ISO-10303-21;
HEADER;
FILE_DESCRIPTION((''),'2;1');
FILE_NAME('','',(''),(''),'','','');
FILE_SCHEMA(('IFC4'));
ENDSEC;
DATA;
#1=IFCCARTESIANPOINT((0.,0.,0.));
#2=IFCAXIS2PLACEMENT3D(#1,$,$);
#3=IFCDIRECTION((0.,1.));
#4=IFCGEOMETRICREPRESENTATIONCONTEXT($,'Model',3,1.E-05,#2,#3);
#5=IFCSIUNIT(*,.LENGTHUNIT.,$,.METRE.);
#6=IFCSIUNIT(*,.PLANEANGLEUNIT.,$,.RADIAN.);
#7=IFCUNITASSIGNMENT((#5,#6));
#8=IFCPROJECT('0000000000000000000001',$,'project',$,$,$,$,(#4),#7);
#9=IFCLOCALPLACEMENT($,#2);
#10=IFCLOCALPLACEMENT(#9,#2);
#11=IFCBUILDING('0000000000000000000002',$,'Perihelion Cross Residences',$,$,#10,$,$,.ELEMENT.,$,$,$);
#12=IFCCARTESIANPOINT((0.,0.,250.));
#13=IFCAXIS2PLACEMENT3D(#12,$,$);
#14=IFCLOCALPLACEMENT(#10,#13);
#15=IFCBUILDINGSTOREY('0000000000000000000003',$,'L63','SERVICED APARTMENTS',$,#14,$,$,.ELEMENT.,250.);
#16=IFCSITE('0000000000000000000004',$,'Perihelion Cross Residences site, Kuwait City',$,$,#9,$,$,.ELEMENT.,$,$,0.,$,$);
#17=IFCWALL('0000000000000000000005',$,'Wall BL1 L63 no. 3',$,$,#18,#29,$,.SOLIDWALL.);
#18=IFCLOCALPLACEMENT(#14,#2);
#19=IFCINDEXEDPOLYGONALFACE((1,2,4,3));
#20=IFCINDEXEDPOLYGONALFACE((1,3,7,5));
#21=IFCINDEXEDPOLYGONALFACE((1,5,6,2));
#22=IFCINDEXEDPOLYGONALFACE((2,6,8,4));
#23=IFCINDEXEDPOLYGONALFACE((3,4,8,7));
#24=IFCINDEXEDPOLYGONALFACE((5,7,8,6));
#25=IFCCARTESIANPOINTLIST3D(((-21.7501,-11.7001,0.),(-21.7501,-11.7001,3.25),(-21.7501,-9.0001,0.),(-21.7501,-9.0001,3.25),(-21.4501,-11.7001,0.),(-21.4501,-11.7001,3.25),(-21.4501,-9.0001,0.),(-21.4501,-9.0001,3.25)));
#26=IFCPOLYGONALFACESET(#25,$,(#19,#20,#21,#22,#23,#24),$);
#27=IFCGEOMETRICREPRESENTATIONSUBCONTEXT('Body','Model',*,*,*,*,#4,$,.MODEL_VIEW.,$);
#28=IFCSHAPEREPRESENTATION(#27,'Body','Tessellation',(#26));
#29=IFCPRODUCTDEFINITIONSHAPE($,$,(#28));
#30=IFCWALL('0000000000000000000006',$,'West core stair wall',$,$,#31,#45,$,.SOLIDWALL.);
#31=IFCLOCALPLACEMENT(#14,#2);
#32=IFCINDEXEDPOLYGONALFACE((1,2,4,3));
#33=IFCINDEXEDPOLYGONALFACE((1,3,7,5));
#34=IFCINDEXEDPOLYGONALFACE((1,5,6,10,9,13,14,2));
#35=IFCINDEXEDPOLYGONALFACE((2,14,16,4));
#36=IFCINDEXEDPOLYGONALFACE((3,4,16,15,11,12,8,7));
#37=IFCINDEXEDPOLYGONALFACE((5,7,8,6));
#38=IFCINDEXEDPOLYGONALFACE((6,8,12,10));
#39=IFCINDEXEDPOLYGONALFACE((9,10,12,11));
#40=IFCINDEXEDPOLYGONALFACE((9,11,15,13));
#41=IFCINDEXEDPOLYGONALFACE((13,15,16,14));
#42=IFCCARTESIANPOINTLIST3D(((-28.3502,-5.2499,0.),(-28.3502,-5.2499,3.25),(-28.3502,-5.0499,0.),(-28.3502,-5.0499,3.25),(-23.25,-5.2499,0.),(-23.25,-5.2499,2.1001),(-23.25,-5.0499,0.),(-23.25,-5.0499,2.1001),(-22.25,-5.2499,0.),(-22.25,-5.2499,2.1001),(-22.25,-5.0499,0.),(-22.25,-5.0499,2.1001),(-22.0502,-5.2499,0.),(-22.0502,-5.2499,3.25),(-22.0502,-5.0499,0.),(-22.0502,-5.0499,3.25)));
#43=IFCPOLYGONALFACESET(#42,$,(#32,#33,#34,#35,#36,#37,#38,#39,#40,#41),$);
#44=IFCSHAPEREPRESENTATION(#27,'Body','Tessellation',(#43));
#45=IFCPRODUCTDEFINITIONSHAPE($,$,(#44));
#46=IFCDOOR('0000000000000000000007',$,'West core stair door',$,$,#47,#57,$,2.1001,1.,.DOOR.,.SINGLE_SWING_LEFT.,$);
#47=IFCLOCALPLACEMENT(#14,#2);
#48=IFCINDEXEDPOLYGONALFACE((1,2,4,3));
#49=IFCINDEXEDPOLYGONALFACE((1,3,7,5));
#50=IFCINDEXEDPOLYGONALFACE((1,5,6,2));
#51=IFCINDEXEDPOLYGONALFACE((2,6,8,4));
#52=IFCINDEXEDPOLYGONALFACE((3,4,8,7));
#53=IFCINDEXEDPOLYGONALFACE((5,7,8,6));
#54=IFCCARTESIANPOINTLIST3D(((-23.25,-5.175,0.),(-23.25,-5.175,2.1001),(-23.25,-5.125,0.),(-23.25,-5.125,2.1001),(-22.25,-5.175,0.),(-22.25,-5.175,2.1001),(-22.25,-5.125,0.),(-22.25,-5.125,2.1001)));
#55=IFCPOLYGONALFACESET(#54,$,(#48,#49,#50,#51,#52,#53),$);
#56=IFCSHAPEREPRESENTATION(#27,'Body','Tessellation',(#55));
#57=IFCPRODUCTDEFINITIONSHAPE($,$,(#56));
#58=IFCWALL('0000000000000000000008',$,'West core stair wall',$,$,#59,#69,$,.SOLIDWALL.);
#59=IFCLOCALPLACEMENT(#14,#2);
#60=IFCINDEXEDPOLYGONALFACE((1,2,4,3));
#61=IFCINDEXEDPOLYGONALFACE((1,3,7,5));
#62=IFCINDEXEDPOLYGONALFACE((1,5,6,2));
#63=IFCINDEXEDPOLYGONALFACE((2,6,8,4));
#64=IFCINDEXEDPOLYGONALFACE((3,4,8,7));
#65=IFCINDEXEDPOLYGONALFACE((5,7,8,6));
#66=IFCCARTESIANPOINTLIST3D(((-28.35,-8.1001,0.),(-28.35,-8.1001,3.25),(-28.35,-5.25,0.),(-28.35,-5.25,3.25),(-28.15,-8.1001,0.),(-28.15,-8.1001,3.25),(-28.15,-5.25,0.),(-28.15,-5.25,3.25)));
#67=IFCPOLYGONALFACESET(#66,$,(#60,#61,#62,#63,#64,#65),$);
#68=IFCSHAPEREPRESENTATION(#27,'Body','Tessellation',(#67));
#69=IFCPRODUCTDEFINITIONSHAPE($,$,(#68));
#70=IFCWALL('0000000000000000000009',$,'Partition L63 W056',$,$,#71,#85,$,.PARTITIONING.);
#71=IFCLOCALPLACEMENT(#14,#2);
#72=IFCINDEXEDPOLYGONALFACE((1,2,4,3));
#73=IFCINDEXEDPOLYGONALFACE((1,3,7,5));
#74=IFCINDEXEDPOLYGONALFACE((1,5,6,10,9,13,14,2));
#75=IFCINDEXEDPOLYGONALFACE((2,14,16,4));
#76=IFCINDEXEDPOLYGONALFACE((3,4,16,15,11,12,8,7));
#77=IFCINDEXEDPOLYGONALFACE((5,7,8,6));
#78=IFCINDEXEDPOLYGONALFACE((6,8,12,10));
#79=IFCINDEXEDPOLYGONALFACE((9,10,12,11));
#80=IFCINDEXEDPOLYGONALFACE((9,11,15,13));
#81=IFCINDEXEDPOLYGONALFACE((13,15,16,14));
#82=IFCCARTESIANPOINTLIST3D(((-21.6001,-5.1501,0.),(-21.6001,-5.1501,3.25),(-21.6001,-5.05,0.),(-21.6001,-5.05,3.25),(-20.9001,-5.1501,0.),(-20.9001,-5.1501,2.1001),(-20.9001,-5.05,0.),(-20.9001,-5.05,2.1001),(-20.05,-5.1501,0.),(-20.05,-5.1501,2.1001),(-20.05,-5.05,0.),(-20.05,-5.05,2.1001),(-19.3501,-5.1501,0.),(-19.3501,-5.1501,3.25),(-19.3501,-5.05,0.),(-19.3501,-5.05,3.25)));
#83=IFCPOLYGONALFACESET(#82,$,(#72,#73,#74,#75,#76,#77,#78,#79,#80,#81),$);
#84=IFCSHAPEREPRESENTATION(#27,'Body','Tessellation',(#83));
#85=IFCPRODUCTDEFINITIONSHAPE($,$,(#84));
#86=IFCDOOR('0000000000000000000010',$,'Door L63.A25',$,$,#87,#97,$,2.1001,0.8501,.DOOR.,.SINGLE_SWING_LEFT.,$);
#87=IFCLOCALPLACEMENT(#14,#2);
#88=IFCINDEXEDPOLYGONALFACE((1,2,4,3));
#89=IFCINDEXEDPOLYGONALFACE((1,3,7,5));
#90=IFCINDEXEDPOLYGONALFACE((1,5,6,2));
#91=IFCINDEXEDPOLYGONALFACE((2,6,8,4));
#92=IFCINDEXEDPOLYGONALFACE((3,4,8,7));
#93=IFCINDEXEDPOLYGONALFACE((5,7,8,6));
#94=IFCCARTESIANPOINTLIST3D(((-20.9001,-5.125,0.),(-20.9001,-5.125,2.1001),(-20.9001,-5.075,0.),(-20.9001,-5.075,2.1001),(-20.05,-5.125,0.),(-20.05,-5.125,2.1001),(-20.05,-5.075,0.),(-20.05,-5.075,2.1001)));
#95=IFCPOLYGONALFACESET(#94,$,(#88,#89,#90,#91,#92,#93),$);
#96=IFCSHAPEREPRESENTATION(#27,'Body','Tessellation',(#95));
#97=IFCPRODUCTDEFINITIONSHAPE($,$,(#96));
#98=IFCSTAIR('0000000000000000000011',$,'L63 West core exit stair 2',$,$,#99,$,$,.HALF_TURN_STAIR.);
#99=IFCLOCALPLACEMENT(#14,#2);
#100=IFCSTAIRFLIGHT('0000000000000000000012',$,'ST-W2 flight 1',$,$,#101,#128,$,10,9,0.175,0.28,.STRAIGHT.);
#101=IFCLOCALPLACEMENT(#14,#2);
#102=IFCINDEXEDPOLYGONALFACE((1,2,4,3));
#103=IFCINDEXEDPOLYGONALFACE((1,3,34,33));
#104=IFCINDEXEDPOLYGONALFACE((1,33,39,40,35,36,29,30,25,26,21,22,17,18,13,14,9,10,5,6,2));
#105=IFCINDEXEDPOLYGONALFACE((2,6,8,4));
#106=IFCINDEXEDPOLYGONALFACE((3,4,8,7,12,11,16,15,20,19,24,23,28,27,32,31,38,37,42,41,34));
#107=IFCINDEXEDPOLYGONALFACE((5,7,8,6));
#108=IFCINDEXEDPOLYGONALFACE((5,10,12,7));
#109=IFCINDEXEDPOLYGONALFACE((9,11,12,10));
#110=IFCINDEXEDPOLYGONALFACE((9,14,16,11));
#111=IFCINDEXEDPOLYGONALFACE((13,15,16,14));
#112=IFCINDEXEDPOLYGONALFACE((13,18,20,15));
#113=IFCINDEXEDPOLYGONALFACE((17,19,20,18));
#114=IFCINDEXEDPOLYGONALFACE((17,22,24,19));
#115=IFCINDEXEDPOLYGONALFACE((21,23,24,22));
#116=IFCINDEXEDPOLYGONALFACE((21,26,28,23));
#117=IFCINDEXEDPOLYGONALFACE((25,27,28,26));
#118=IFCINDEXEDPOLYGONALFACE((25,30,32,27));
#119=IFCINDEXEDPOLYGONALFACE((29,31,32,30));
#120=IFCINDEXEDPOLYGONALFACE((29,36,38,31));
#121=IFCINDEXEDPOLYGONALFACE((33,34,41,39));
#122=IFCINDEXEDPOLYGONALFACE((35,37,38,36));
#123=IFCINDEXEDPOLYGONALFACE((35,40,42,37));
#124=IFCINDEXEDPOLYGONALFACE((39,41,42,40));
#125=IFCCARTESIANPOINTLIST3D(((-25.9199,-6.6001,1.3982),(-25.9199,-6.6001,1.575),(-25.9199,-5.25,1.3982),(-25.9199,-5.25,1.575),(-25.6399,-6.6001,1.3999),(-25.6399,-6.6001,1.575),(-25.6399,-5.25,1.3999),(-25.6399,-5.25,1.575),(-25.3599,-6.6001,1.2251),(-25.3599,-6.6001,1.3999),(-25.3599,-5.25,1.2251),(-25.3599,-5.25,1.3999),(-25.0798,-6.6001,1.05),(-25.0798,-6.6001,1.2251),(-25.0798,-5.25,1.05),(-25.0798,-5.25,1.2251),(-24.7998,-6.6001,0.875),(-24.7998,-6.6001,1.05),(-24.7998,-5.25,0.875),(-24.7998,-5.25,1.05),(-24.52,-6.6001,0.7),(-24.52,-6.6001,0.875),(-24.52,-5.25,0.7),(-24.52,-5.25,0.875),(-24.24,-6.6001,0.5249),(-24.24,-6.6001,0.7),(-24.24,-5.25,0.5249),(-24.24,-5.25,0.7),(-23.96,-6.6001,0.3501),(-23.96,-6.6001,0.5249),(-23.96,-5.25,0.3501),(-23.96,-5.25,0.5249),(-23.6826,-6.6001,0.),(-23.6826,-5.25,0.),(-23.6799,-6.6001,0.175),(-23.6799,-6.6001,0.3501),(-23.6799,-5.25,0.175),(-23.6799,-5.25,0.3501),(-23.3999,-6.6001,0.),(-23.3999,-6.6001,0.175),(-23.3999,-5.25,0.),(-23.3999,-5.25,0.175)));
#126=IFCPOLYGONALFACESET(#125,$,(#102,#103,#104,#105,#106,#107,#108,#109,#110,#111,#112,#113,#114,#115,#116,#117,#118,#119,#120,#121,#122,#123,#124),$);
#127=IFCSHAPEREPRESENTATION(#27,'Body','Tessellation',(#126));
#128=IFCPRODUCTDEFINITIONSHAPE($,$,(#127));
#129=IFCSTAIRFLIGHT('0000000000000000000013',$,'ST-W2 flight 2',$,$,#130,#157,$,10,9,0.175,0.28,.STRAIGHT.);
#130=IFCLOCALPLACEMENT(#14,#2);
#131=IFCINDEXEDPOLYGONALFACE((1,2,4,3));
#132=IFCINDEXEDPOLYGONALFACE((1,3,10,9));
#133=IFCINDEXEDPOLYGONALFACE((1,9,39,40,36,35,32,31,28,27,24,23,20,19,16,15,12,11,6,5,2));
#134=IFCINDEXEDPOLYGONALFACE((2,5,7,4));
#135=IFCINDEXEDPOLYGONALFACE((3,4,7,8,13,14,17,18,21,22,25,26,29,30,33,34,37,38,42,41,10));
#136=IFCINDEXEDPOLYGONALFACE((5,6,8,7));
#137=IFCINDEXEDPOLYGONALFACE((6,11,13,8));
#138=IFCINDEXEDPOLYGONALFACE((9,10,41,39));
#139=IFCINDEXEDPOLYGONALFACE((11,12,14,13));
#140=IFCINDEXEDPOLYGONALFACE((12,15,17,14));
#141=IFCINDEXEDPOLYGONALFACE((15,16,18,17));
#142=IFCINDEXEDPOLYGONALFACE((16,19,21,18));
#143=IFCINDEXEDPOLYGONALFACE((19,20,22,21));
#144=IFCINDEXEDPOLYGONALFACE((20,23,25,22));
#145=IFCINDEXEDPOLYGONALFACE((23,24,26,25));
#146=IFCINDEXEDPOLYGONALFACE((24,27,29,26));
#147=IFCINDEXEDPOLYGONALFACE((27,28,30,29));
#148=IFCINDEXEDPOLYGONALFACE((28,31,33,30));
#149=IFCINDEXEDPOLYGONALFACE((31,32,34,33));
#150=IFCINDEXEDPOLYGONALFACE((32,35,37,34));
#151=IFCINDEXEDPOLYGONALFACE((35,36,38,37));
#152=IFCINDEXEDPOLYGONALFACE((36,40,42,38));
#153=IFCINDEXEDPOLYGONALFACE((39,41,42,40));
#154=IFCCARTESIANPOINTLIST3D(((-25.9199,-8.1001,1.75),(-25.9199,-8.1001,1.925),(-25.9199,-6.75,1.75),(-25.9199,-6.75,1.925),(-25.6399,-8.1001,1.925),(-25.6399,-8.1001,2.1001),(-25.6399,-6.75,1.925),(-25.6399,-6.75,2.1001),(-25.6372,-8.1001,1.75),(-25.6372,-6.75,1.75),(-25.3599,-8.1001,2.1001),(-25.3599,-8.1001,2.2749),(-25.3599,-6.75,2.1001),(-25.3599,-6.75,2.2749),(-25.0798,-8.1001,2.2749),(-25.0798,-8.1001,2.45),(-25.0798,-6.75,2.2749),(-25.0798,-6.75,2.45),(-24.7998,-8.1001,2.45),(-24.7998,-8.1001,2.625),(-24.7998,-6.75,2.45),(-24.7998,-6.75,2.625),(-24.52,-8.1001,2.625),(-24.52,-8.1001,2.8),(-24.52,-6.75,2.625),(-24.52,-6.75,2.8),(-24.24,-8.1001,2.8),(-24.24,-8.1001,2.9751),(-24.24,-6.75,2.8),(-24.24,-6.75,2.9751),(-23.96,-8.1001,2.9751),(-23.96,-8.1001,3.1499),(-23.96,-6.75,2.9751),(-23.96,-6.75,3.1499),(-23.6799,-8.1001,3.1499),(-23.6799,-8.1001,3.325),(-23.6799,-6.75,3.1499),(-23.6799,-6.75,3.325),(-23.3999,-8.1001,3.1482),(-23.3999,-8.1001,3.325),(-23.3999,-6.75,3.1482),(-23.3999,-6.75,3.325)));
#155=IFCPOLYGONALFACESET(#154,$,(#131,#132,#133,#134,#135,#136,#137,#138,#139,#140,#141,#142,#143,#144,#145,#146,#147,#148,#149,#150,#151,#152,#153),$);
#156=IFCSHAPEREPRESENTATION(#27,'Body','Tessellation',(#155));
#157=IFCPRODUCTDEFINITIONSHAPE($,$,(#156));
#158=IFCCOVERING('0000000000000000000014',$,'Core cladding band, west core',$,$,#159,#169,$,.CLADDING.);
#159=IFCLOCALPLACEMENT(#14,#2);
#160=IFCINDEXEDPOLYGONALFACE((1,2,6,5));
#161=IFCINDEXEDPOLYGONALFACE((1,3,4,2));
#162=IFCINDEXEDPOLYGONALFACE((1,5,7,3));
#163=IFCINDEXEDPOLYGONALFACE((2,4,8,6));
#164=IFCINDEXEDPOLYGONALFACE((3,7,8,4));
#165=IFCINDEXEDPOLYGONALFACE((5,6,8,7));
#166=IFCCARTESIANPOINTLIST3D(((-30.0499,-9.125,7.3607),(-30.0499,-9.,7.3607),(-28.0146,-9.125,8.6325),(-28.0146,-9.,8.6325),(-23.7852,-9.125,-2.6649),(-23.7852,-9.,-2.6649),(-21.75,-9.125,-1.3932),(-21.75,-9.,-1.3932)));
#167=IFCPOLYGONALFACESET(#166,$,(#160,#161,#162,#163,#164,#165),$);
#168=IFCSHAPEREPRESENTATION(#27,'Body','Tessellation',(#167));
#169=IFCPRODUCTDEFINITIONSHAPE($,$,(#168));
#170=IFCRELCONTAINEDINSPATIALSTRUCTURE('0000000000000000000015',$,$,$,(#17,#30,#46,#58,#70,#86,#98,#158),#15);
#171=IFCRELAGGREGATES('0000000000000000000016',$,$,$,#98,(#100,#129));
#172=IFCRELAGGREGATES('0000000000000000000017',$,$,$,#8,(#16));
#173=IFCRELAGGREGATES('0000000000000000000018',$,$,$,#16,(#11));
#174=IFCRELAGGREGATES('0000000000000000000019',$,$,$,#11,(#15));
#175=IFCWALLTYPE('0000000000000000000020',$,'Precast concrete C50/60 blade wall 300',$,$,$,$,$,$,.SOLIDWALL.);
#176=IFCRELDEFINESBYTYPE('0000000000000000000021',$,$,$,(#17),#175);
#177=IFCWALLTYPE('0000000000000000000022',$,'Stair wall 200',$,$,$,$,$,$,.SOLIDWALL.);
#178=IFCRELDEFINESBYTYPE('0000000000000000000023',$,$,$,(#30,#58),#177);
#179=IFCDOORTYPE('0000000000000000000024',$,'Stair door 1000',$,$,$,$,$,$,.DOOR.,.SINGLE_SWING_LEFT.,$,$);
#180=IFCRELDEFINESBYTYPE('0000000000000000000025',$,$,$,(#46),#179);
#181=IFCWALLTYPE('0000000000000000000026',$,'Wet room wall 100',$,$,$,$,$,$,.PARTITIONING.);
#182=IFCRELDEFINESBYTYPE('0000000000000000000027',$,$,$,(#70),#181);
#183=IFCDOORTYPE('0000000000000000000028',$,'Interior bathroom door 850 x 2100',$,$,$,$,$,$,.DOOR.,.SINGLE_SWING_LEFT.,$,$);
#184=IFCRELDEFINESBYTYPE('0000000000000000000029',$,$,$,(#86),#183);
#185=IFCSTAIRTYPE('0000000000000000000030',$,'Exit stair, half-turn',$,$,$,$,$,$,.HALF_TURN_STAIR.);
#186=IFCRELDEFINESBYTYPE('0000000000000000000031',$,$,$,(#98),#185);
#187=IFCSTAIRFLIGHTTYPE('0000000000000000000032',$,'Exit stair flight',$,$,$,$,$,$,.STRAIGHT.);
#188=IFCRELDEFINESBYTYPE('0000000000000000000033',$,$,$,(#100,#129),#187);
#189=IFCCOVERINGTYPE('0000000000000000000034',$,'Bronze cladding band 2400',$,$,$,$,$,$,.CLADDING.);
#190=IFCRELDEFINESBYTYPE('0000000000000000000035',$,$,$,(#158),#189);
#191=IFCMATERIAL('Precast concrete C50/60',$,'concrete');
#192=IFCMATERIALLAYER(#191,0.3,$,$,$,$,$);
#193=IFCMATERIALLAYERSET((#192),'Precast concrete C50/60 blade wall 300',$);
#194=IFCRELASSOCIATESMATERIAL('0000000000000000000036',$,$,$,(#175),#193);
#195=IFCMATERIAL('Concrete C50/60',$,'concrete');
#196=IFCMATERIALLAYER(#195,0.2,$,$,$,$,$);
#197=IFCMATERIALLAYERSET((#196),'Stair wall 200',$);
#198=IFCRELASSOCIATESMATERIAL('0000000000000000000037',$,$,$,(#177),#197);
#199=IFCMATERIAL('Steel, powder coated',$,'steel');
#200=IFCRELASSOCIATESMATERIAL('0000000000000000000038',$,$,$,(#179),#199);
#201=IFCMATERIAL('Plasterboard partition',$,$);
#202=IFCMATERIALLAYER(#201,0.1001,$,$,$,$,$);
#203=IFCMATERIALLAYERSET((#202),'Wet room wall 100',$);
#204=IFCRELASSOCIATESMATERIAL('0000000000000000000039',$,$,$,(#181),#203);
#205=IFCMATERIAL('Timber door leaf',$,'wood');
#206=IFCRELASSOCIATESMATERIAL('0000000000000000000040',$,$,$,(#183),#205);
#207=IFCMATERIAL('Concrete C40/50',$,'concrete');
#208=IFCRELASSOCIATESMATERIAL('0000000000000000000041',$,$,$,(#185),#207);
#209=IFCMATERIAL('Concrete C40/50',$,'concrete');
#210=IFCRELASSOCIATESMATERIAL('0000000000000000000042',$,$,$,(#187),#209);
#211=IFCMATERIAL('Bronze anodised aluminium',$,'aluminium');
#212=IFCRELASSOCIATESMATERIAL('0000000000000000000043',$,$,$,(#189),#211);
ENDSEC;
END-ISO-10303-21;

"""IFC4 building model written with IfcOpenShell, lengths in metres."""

from ifc_helpers import new_model, si_unit, direction, frame, frame_2d, origin, origin_2d, place, context, subcontext, project, spatial, polyline, rectangle, outline, extrude, material, layer, layer_set, material_profile, profile_set, type_object, element, fill, aggregate, save


model = new_model("IFC4")

# Units and contexts
model_context = context("Model", 3, precision=1e-05, world=origin(), true_north=direction((0.0, 1.0)))
body_context = subcontext(model_context, "Body", "Model", "MODEL_VIEW")
ifc_project = project(units=[si_unit("LENGTHUNIT", "METRE"), si_unit("PLANEANGLEUNIT", "RADIAN")], contexts=[model_context])

# Site, building, storey
site_placement = place(None, origin())
site = spatial("IfcSite", under=ifc_project, at=site_placement, Name="Perihelion Cross Residences site, Kuwait City", CompositionType="ELEMENT", RefElevation=0.0)
building_placement = place(site_placement, origin())
building = spatial("IfcBuilding", under=site, at=building_placement, Name="Perihelion Cross Residences", CompositionType="ELEMENT")
storey_placement = place(building_placement, frame((0.0, 0.0, 250.0)))
storey = spatial("IfcBuildingStorey", under=building, at=storey_placement, Name="L63", Description="SERVICED APARTMENTS", CompositionType="ELEMENT", Elevation=250.0)

# Wall
ifc_material_1 = material(Name="Precast concrete C50/60", Category="concrete")
ifc_layer_1 = layer(ifc_material_1, 0.3)
ifc_layer_set_1 = layer_set([ifc_layer_1], Name="Precast concrete C50/60 blade wall 300")
wall_type_1 = type_object("IfcWallType", Name="Precast concrete C50/60 blade wall 300", PredefinedType="SOLIDWALL", material=ifc_layer_set_1)
wall_1_placement = place(storey_placement, frame((-21.6001, -9.0, 0.0), z_axis=(0.0, 0.0, 1.0), x_axis=(0.0, -1.0, 0.0)))
element("IfcWall", 1, at=wall_1_placement, inside=storey, type_object=wall_type_1, Name="Wall BL1 L63 no. 3", PredefinedType="SOLIDWALL", context=body_context, shape_type="SweptSolid", body=[
    extrude(rectangle(XDim=2.7, YDim=0.3, at=frame_2d((1.3501, 0.0))), origin(), (0.0, 0.0, 1.0), 3.25),
])

# Wall, opening, door
ifc_material_2 = material(Name="Concrete C50/60", Category="concrete")
ifc_layer_2 = layer(ifc_material_2, 0.2)
ifc_layer_set_2 = layer_set([ifc_layer_2], Name="Stair wall 200")
wall_type_2 = type_object("IfcWallType", Name="Stair wall 200", PredefinedType="SOLIDWALL", material=ifc_layer_set_2)
wall_2_placement = place(storey_placement, frame((-28.3501, -5.1499, 0.0), z_axis=(0.0, 0.0, 1.0), x_axis=(1.0, 0.0, 0.0)))
wall_2 = element("IfcWall", 2, at=wall_2_placement, inside=storey, type_object=wall_type_2, Name="West core stair wall", PredefinedType="SOLIDWALL", context=body_context, shape_type="SweptSolid", body=[
    extrude(rectangle(XDim=6.3, YDim=0.2, at=frame_2d((3.1499, 0.0))), origin(), (0.0, 0.0, 1.0), 3.25),
])
opening_1_placement = place(wall_2_placement, frame((5.1001, 0.0, 0.0)))
opening_1 = element("IfcOpeningElement", 3, at=opening_1_placement, cuts=wall_2, PredefinedType="OPENING", context=body_context, shape_type="SweptSolid", body=[
    extrude(rectangle(XDim=1.0, YDim=2.1001, at=frame_2d((0.5, 1.05))), frame((0.0, 0.1099, 0.0), z_axis=(0.0, -1.0, 0.0), x_axis=(1.0, 0.0, 0.0)), (0.0, 0.0, 1.0), 0.22),
])
ifc_material_3 = material(Name="Steel, powder coated", Category="steel")
door_type_1 = type_object("IfcDoorType", Name="Stair door 1000", OperationType="SINGLE_SWING_LEFT", PredefinedType="DOOR", material=ifc_material_3)
door_1_placement = place(opening_1_placement, origin())
door_1 = element("IfcDoor", 4, at=door_1_placement, inside=storey, type_object=door_type_1, Name="West core stair door", OperationType="SINGLE_SWING_LEFT", OverallHeight=2.1001, OverallWidth=1.0, PredefinedType="DOOR", context=body_context, shape_type="SweptSolid", body=[
    extrude(rectangle(XDim=1.0, YDim=2.1001, at=frame_2d((0.5, 1.05))), frame((0.0, 0.0249, 0.0), z_axis=(0.0, -1.0, 0.0), x_axis=(1.0, 0.0, 0.0)), (0.0, 0.0, 1.0), 0.05),
])
fill(opening_1, door_1)

# Wall
wall_3_placement = place(storey_placement, frame((-28.25, -8.1001, 0.0), z_axis=(0.0, 0.0, 1.0), x_axis=(0.0, 1.0, 0.0)))
element("IfcWall", 5, at=wall_3_placement, inside=storey, type_object=wall_type_2, Name="West core stair wall", PredefinedType="SOLIDWALL", context=body_context, shape_type="SweptSolid", body=[
    extrude(rectangle(XDim=2.8501, YDim=0.2, at=frame_2d((1.425, 0.0))), origin(), (0.0, 0.0, 1.0), 3.25),
])

# Wall, opening, door
ifc_material_4 = material(Name="Plasterboard partition")
ifc_layer_3 = layer(ifc_material_4, 0.1001)
ifc_layer_set_3 = layer_set([ifc_layer_3], Name="Wet room wall 100")
wall_type_3 = type_object("IfcWallType", Name="Wet room wall 100", PredefinedType="PARTITIONING", material=ifc_layer_set_3)
wall_4_placement = place(storey_placement, frame((-19.3501, -5.1001, 0.0), z_axis=(0.0, 0.0, 1.0), x_axis=(-1.0, 0.0, 0.0)))
wall_4 = element("IfcWall", 6, at=wall_4_placement, inside=storey, type_object=wall_type_3, Name="Partition L63 W056", PredefinedType="PARTITIONING", context=body_context, shape_type="SweptSolid", body=[
    extrude(rectangle(XDim=2.25, YDim=0.1001, at=frame_2d((1.125, 0.0))), origin(), (0.0, 0.0, 1.0), 3.25),
])
opening_2_placement = place(wall_4_placement, frame((0.7, 0.0, 0.0)))
opening_2 = element("IfcOpeningElement", 7, at=opening_2_placement, cuts=wall_4, PredefinedType="OPENING", context=body_context, shape_type="SweptSolid", body=[
    extrude(rectangle(XDim=0.8501, YDim=2.1001, at=frame_2d((0.425, 1.05))), frame((0.0, 0.0601, 0.0), z_axis=(0.0, -1.0, 0.0), x_axis=(1.0, 0.0, 0.0)), (0.0, 0.0, 1.0), 0.1201),
])
ifc_material_5 = material(Name="Timber door leaf", Category="wood")
door_type_2 = type_object("IfcDoorType", Name="Interior bathroom door 850 x 2100", OperationType="SINGLE_SWING_LEFT", PredefinedType="DOOR", material=ifc_material_5)
door_2_placement = place(opening_2_placement, origin())
door_2 = element("IfcDoor", 8, at=door_2_placement, inside=storey, type_object=door_type_2, Name="Door L63.A25", OperationType="SINGLE_SWING_LEFT", OverallHeight=2.1001, OverallWidth=0.8501, PredefinedType="DOOR", context=body_context, shape_type="SweptSolid", body=[
    extrude(rectangle(XDim=0.8501, YDim=2.1001, at=frame_2d((0.425, 1.05))), frame((0.0, 0.0249, 0.0), z_axis=(0.0, -1.0, 0.0), x_axis=(1.0, 0.0, 0.0)), (0.0, 0.0, 1.0), 0.05),
])
fill(opening_2, door_2)

# Stair, stair flights
ifc_material_6 = material(Name="Concrete C40/50", Category="concrete")
stair_type = type_object("IfcStairType", Name="Exit stair, half-turn", PredefinedType="HALF_TURN_STAIR", material=ifc_material_6)
stair_placement = place(storey_placement, origin())
stair = element("IfcStair", 9, at=stair_placement, inside=storey, type_object=stair_type, Name="L63 West core exit stair 2", PredefinedType="HALF_TURN_STAIR")
ifc_material_7 = material(Name="Concrete C40/50", Category="concrete")
stair_flight_type = type_object("IfcStairFlightType", Name="Exit stair flight", PredefinedType="STRAIGHT", material=ifc_material_7)
stair_flight_1_placement = place(storey_placement, frame((-23.3999, -5.925, 0.0), z_axis=(0.0, 0.0, 1.0), x_axis=(-1.0, 0.0, 0.0)))
stair_flight_1 = element("IfcStairFlight", 10, at=stair_flight_1_placement, type_object=stair_flight_type, Name="ST-W2 flight 1", NumberOfRisers=10, NumberOfTreads=9, PredefinedType="STRAIGHT", RiserHeight=0.175, TreadLength=0.28, context=body_context, shape_type="SweptSolid", body=[
    extrude(outline(polyline([(0.0, 0.0), (0.0, 0.175), (0.28, 0.175), (0.28, 0.3501), (0.5601, 0.3501), (0.5601, 0.5249), (0.8401, 0.5249), (0.8401, 0.7), (1.1201, 0.7), (1.1201, 0.875), (1.3999, 0.875), (1.3999, 1.05), (1.6799, 1.05), (1.6799, 1.2251), (1.96, 1.2251), (1.96, 1.3999), (2.24, 1.3999), (2.24, 1.575), (2.52, 1.575), (2.52, 1.75), (2.52, 1.3982), (0.2827, 0.0), (0.0, 0.0)])), frame((0.0, 0.675, 0.0), z_axis=(0.0, -1.0, 0.0), x_axis=(1.0, 0.0, 0.0)), (0.0, 0.0, 1.0), 1.3501),
])
stair_flight_2_placement = place(storey_placement, frame((-25.9199, -7.425, 1.75), z_axis=(0.0, 0.0, 1.0), x_axis=(1.0, 0.0, 0.0)))
stair_flight_2 = element("IfcStairFlight", 11, at=stair_flight_2_placement, type_object=stair_flight_type, Name="ST-W2 flight 2", NumberOfRisers=10, NumberOfTreads=9, PredefinedType="STRAIGHT", RiserHeight=0.175, TreadLength=0.28, context=body_context, shape_type="SweptSolid", body=[
    extrude(outline(polyline([(0.0, 0.0), (0.0, 0.175), (0.28, 0.175), (0.28, 0.3501), (0.5601, 0.3501), (0.5601, 0.5249), (0.8401, 0.5249), (0.8401, 0.7), (1.1201, 0.7), (1.1201, 0.875), (1.3999, 0.875), (1.3999, 1.05), (1.6799, 1.05), (1.6799, 1.2251), (1.96, 1.2251), (1.96, 1.3999), (2.24, 1.3999), (2.24, 1.575), (2.52, 1.575), (2.52, 1.75), (2.52, 1.3982), (0.2827, 0.0), (0.0, 0.0)])), frame((0.0, 0.675, 0.0), z_axis=(0.0, -1.0, 0.0), x_axis=(1.0, 0.0, 0.0)), (0.0, 0.0, 1.0), 1.3501),
])
aggregate(stair, [stair_flight_1, stair_flight_2])

# Covering
ifc_material_8 = material(Name="Bronze anodised aluminium", Category="aluminium")
ifc_material_profile_1 = material_profile(ifc_material_8, rectangle(XDim=0.125, YDim=2.3999, at=origin_2d()), Name="Bronze cladding band 2400")
ifc_profile_set_1 = profile_set([ifc_material_profile_1], Name="Bronze anodised aluminium")
covering_type = type_object("IfcCoveringType", Name="Bronze cladding band 2400", PredefinedType="CLADDING", material=ifc_profile_set_1)
covering_placement = place(storey_placement, frame((-22.7676, -9.0625, -2.0291), z_axis=(-0.529915, 0.0, 0.848051), x_axis=(0.0, -1.0, 0.0)))
element("IfcCovering", 12, at=covering_placement, inside=storey, type_object=covering_type, Name="Core cladding band, west core", PredefinedType="CLADDING", context=body_context, shape_type="SweptSolid", body=[
    extrude(rectangle(XDim=0.125, YDim=2.3999, at=origin_2d()), origin(), (0.0, 0.0, 1.0), 11.822),
])

save(model, "model.ifc")
